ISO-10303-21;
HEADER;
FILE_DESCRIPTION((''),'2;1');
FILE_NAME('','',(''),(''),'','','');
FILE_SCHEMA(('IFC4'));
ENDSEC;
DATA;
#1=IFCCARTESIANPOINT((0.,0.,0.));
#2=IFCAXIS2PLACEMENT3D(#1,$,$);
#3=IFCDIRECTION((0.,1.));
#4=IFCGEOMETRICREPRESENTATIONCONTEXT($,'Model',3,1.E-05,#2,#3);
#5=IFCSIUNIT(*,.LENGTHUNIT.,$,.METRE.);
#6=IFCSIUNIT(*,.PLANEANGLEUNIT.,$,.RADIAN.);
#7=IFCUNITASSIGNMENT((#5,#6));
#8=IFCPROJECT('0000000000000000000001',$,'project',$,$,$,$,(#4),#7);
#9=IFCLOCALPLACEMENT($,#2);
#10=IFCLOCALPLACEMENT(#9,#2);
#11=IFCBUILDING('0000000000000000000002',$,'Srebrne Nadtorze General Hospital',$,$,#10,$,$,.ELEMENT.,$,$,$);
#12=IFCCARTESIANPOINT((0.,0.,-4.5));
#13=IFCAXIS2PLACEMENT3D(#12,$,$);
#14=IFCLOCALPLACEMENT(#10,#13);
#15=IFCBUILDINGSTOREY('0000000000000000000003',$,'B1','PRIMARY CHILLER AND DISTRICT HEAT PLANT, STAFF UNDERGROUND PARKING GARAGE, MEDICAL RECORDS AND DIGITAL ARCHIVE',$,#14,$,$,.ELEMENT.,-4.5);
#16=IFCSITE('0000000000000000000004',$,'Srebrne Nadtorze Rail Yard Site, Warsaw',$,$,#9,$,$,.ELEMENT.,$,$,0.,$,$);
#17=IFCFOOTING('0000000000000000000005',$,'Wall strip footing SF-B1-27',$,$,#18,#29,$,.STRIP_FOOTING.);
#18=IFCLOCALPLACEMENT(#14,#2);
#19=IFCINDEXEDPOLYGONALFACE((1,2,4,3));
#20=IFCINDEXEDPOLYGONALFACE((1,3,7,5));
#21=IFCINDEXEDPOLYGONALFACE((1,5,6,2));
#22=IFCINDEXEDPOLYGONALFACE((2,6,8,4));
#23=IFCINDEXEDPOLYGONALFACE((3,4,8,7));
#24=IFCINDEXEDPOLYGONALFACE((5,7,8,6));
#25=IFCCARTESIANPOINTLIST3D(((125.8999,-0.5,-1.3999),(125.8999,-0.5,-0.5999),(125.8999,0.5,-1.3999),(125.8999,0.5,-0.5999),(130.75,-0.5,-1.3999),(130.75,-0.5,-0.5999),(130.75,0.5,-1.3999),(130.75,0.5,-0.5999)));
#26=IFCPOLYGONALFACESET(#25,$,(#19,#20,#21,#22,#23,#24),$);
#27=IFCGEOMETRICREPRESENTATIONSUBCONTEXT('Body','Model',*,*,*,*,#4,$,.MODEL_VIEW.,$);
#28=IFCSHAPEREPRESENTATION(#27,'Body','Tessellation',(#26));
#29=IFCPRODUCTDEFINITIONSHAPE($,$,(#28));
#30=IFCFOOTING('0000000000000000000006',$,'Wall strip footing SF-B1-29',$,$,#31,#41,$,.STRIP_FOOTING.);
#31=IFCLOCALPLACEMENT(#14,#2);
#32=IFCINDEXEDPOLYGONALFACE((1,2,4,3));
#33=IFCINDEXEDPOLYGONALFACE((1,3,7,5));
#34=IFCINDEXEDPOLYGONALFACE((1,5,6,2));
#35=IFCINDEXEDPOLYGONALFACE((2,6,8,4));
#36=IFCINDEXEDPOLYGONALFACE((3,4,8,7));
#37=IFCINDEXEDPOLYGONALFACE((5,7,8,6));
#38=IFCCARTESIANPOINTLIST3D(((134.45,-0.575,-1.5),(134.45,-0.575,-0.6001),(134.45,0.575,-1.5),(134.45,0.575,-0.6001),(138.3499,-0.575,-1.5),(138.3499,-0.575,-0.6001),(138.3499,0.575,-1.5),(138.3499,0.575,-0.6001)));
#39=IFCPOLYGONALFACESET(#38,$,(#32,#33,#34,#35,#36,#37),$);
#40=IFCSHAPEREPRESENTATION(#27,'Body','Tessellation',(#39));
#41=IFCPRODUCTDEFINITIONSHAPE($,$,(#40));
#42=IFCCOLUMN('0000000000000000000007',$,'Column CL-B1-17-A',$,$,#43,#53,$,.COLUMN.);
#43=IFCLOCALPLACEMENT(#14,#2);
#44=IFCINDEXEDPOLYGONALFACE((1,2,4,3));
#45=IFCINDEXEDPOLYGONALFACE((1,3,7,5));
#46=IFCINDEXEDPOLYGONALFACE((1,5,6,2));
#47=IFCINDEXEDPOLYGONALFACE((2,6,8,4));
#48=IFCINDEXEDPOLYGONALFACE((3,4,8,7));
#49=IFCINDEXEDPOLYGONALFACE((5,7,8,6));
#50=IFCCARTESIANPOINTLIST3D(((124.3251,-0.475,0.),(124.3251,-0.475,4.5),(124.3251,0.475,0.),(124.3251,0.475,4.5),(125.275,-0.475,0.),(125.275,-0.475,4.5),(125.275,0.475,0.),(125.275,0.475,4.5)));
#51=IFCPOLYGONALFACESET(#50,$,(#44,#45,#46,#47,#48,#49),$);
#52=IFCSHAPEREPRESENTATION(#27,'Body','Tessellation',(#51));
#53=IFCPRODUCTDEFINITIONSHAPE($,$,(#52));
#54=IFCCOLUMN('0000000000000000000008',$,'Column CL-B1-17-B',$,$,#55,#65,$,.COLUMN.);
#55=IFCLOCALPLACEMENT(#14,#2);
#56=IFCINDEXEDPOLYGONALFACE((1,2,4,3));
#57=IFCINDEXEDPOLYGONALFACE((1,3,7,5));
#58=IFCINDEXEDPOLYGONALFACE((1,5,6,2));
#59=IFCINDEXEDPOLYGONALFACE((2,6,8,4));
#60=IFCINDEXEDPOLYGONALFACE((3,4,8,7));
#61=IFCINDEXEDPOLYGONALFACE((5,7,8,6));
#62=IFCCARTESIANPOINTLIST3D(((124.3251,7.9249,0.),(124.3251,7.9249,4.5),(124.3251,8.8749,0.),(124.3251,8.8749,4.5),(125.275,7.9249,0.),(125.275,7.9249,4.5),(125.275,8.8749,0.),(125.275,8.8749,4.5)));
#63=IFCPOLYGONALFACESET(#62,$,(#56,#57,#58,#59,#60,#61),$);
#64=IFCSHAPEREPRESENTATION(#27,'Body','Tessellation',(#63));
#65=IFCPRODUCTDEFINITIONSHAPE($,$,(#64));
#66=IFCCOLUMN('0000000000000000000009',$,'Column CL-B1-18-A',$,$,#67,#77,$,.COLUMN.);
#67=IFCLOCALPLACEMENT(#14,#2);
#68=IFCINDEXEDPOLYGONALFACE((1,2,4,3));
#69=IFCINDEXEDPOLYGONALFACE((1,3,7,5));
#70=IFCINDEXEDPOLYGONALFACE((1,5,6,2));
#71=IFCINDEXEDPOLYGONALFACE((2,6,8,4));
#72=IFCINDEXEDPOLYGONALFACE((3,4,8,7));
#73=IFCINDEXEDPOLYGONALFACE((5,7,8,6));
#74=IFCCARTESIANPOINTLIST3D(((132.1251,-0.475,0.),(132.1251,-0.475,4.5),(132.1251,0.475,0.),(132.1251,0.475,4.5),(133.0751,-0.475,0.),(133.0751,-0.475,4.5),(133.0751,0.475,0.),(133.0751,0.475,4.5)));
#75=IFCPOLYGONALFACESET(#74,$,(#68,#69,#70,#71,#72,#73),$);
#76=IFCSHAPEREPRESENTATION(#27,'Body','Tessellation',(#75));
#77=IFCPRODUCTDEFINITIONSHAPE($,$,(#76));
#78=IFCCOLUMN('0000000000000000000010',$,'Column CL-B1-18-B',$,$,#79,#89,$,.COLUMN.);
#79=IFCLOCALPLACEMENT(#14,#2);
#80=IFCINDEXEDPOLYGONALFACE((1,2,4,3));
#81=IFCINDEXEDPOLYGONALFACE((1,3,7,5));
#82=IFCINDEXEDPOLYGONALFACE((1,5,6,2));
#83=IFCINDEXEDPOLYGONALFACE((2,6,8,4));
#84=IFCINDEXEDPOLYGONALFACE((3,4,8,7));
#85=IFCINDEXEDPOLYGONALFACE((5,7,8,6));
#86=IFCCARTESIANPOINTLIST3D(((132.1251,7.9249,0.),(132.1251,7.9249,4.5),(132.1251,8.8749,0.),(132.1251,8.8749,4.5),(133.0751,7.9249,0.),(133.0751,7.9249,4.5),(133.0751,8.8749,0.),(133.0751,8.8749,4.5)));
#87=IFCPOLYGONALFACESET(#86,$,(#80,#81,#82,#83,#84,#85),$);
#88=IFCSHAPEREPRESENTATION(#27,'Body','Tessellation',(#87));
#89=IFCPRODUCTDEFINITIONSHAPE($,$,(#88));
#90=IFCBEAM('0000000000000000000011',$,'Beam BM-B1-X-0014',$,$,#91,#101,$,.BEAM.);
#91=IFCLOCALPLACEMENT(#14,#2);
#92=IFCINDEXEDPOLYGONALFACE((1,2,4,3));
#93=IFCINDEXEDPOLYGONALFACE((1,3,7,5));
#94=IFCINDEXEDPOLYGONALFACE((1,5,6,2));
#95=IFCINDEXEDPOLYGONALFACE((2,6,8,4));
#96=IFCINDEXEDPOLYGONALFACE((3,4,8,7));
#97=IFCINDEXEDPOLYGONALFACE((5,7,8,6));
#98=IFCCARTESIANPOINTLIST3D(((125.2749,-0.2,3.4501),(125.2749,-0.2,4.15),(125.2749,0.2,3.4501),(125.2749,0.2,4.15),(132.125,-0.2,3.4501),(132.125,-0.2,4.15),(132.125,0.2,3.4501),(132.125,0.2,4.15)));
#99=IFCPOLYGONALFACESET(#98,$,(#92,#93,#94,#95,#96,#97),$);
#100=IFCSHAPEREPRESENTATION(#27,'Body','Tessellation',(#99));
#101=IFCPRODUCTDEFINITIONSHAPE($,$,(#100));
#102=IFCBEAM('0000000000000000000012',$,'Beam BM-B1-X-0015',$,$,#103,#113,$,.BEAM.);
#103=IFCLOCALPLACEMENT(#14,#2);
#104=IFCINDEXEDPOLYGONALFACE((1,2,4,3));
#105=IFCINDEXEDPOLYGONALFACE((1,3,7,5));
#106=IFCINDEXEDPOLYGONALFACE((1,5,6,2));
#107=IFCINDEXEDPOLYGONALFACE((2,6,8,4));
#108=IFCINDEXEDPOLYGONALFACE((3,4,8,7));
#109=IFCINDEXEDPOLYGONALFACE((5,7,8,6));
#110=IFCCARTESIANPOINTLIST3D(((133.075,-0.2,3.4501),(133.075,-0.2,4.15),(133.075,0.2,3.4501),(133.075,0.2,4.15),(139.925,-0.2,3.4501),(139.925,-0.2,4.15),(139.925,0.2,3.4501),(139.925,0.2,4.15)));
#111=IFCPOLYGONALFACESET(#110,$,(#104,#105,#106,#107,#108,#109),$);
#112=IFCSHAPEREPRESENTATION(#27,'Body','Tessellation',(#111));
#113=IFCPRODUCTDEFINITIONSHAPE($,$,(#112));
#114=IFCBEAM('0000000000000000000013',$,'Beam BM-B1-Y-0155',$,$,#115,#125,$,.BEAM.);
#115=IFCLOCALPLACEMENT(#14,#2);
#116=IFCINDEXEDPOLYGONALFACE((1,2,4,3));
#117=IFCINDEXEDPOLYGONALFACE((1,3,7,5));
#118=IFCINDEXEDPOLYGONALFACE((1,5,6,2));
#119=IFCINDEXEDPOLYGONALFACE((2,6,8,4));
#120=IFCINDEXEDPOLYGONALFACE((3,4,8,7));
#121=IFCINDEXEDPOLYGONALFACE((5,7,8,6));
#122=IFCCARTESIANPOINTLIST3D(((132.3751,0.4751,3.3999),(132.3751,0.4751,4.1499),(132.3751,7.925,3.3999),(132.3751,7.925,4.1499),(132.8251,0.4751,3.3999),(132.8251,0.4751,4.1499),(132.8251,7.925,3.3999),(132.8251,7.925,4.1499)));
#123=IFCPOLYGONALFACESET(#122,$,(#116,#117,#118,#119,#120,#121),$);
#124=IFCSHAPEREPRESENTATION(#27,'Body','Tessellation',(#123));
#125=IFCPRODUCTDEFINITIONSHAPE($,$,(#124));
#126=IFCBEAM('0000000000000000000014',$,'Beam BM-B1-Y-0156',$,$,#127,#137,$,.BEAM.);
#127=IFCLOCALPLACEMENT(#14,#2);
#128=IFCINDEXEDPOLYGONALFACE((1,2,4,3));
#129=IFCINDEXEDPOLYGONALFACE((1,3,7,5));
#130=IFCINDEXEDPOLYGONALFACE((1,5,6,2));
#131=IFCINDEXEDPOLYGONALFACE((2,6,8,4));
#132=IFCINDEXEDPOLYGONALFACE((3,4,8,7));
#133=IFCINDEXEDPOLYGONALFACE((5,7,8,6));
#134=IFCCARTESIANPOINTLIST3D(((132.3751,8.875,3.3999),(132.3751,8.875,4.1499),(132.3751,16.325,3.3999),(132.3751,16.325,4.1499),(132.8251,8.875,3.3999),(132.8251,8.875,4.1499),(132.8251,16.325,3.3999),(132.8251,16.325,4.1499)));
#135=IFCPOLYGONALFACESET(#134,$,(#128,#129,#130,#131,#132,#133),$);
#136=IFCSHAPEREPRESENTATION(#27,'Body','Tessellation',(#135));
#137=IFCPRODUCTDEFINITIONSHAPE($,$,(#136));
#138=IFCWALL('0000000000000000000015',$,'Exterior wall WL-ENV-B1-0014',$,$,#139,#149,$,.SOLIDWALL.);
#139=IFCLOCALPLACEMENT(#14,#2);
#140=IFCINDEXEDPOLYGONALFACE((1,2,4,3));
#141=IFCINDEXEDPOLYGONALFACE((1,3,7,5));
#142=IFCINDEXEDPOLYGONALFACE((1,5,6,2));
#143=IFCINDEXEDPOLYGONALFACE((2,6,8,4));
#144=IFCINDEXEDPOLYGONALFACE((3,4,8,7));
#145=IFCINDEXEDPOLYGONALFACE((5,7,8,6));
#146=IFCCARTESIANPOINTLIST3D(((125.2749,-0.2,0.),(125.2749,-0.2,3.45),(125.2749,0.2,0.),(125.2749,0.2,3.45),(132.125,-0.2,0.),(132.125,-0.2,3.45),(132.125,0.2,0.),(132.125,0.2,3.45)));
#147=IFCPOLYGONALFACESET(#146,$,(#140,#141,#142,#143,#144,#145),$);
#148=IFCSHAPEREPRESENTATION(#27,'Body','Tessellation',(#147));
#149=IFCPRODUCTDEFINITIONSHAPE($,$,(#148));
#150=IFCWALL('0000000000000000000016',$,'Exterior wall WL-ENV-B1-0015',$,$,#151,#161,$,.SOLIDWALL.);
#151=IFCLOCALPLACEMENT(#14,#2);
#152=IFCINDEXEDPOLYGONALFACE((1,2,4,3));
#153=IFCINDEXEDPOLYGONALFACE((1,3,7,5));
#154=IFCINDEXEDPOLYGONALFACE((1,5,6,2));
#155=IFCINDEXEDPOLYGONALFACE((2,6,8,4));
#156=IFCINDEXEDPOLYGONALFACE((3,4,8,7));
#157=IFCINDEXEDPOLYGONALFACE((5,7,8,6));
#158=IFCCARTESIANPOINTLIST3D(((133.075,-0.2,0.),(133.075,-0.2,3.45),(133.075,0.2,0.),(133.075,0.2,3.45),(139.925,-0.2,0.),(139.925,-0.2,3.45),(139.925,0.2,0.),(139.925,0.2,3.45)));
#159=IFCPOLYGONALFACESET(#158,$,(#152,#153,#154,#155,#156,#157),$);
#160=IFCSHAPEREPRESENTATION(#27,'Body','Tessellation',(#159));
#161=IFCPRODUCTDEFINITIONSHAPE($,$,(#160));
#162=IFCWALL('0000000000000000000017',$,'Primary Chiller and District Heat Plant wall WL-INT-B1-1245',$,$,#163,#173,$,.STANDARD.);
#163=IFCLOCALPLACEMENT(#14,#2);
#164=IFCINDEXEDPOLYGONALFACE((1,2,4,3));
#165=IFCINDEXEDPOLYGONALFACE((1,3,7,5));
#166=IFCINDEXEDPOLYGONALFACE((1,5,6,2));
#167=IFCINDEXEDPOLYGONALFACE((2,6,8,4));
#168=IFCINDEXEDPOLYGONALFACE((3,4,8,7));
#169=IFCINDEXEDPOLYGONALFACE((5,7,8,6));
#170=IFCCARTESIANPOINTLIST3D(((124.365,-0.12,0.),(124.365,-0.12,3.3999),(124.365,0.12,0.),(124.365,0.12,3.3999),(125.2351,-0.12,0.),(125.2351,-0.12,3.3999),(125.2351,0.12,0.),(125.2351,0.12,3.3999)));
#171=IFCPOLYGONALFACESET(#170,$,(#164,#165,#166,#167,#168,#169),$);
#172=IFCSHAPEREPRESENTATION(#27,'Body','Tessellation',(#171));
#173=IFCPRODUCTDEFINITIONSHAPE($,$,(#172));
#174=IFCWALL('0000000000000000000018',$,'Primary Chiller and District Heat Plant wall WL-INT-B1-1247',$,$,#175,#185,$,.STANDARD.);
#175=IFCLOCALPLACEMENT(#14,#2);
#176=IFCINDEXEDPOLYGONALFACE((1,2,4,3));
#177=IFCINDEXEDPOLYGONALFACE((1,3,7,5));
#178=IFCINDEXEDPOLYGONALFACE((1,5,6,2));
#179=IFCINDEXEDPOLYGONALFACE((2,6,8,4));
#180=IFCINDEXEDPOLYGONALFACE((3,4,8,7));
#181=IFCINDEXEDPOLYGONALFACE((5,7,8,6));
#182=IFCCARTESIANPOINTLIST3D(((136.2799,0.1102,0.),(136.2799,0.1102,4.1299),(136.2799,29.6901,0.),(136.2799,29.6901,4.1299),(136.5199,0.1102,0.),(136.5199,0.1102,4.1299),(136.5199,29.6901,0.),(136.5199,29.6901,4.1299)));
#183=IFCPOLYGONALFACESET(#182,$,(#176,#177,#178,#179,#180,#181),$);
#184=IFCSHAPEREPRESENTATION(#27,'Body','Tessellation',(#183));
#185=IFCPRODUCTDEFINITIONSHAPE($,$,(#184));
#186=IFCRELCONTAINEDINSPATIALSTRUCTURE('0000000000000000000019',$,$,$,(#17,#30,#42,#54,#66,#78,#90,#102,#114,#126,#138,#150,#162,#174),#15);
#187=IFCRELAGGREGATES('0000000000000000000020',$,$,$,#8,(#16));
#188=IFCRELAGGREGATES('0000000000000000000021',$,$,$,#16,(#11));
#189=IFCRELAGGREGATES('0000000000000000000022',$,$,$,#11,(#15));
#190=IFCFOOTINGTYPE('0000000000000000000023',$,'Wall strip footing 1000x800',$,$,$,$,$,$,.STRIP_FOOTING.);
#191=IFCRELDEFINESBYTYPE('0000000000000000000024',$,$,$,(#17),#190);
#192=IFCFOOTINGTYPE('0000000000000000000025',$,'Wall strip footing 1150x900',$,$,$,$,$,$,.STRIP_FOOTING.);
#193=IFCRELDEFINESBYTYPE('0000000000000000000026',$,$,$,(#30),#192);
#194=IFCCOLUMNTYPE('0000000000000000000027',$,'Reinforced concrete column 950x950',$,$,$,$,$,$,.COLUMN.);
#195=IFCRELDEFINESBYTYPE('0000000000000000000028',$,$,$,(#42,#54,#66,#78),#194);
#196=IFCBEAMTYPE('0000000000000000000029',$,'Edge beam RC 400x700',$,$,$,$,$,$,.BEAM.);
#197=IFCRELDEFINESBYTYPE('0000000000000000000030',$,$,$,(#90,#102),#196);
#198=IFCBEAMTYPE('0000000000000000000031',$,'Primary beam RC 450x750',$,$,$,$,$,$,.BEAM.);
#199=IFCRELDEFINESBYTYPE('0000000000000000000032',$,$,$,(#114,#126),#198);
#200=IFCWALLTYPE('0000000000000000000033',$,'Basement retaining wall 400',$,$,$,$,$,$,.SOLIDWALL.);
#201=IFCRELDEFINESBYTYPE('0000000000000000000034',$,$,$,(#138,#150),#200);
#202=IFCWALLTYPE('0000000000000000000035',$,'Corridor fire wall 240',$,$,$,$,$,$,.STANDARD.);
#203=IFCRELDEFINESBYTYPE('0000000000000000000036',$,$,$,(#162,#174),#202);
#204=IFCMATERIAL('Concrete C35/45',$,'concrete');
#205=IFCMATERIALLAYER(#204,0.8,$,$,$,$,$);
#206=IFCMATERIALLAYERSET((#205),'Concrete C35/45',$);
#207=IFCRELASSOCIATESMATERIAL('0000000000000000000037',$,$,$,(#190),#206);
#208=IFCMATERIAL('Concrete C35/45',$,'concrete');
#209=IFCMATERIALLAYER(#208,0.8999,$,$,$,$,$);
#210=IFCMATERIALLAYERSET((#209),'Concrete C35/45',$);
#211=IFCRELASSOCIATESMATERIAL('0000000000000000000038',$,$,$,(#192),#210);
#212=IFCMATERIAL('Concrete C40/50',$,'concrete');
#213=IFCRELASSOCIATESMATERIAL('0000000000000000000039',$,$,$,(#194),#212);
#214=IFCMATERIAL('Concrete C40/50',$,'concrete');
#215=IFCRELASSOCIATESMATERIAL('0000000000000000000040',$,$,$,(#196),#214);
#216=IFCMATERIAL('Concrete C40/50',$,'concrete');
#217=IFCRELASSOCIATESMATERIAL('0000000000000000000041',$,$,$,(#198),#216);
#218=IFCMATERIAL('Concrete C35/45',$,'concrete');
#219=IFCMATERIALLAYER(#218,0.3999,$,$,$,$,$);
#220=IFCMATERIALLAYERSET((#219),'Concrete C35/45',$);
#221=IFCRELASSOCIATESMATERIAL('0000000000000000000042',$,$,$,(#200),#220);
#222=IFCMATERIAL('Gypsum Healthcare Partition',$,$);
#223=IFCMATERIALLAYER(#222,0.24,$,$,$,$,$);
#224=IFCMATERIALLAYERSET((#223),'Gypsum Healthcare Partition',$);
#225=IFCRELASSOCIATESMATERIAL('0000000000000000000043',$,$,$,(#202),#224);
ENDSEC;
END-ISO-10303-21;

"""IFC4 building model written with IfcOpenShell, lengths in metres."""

from ifc_helpers import new_model, si_unit, direction, frame, frame_2d, origin, origin_2d, place, context, subcontext, project, spatial, rectangle, extrude, material, layer, layer_set, material_profile, profile_set, type_object, element, save


model = new_model("IFC4")

# Units and contexts
model_context = context("Model", 3, precision=1e-05, world=origin(), true_north=direction((0.0, 1.0)))
body_context = subcontext(model_context, "Body", "Model", "MODEL_VIEW")
ifc_project = project(units=[si_unit("LENGTHUNIT", "METRE"), si_unit("PLANEANGLEUNIT", "RADIAN")], contexts=[model_context])

# Site, building, storey
site_placement = place(None, origin())
site = spatial("IfcSite", under=ifc_project, at=site_placement, Name="Srebrne Nadtorze Rail Yard Site, Warsaw", CompositionType="ELEMENT", RefElevation=0.0)
building_placement = place(site_placement, origin())
building = spatial("IfcBuilding", under=site, at=building_placement, Name="Srebrne Nadtorze General Hospital", CompositionType="ELEMENT")
storey_placement = place(building_placement, frame((0.0, 0.0, -4.5)))
storey = spatial("IfcBuildingStorey", under=building, at=storey_placement, Name="B1", Description="PRIMARY CHILLER AND DISTRICT HEAT PLANT, STAFF UNDERGROUND PARKING GARAGE, MEDICAL RECORDS AND DIGITAL ARCHIVE", CompositionType="ELEMENT", Elevation=-4.5)

# Footings
ifc_material_1 = material(Name="Concrete C35/45", Category="concrete")
ifc_layer_1 = layer(ifc_material_1, 0.8)
ifc_layer_set_1 = layer_set([ifc_layer_1], Name="Concrete C35/45")
footing_type_1 = type_object("IfcFootingType", Name="Wall strip footing 1000x800", PredefinedType="STRIP_FOOTING", material=ifc_layer_set_1)
footing_1_placement = place(storey_placement, frame((128.325, 0.0, -1.3999), z_axis=(0.0, 0.0, 1.0), x_axis=(1.0, 0.0, 0.0)))
element("IfcFooting", 1, at=footing_1_placement, inside=storey, type_object=footing_type_1, Name="Wall strip footing SF-B1-27", PredefinedType="STRIP_FOOTING", context=body_context, shape_type="SweptSolid", body=[
    extrude(rectangle(XDim=4.8501, YDim=1.0, at=origin_2d()), origin(), (0.0, 0.0, 1.0), 0.8),
])
ifc_material_2 = material(Name="Concrete C35/45", Category="concrete")
ifc_layer_2 = layer(ifc_material_2, 0.8999)
ifc_layer_set_2 = layer_set([ifc_layer_2], Name="Concrete C35/45")
footing_type_2 = type_object("IfcFootingType", Name="Wall strip footing 1150x900", PredefinedType="STRIP_FOOTING", material=ifc_layer_set_2)
footing_2_placement = place(storey_placement, frame((136.3999, 0.0, -1.5), z_axis=(0.0, 0.0, 1.0), x_axis=(1.0, 0.0, 0.0)))
element("IfcFooting", 2, at=footing_2_placement, inside=storey, type_object=footing_type_2, Name="Wall strip footing SF-B1-29", PredefinedType="STRIP_FOOTING", context=body_context, shape_type="SweptSolid", body=[
    extrude(rectangle(XDim=3.8999, YDim=1.1499, at=origin_2d()), origin(), (0.0, 0.0, 1.0), 0.8999),
])

# Columns
ifc_material_3 = material(Name="Concrete C40/50", Category="concrete")
ifc_material_profile_1 = material_profile(ifc_material_3, rectangle(XDim=0.95, YDim=0.95, at=origin_2d()), Name="RC-COL-950x950")
ifc_profile_set_1 = profile_set([ifc_material_profile_1], Name="Concrete C40/50")
column_type = type_object("IfcColumnType", Name="Reinforced concrete column 950x950", PredefinedType="COLUMN", material=ifc_profile_set_1)
for number, where, z_axis, x_axis, name in (
    (3, (124.8, 0.0, 0.0), (0.0, 0.0, 1.0), (1.0, 0.0, 0.0), "Column CL-B1-17-A"),
    (4, (124.8, 8.3999, 0.0), (0.0, 0.0, 1.0), (1.0, 0.0, 0.0), "Column CL-B1-17-B"),
    (5, (132.6001, 0.0, 0.0), (0.0, 0.0, 1.0), (1.0, 0.0, 0.0), "Column CL-B1-18-A"),
    (6, (132.6001, 8.3999, 0.0), (0.0, 0.0, 1.0), (1.0, 0.0, 0.0), "Column CL-B1-18-B"),
):
    element("IfcColumn", number, at=place(storey_placement, frame(where, z_axis=z_axis, x_axis=x_axis)), inside=storey, type_object=column_type, Name=name, PredefinedType="COLUMN", context=body_context, shape_type="SweptSolid", body=[
        extrude(rectangle(XDim=0.95, YDim=0.95, at=origin_2d()), origin(), (0.0, 0.0, 1.0), 4.5),
    ])

# Beams
ifc_material_4 = material(Name="Concrete C40/50", Category="concrete")
ifc_material_profile_2 = material_profile(ifc_material_4, rectangle(XDim=0.3999, YDim=0.7, at=origin_2d()), Name="RC-BM-400x700")
ifc_profile_set_2 = profile_set([ifc_material_profile_2], Name="Concrete C40/50")
beam_type_1 = type_object("IfcBeamType", Name="Edge beam RC 400x700", PredefinedType="BEAM", material=ifc_profile_set_2)
for number, where, z_axis, x_axis, name in (
    (7, (125.2749, 0.0, 3.8), (1.0, 0.0, 0.0), (0.0, 1.0, 0.0), "Beam BM-B1-X-0014"),
    (8, (133.075, 0.0, 3.8), (1.0, 0.0, 0.0), (0.0, 1.0, 0.0), "Beam BM-B1-X-0015"),
):
    element("IfcBeam", number, at=place(storey_placement, frame(where, z_axis=z_axis, x_axis=x_axis)), inside=storey, type_object=beam_type_1, Name=name, PredefinedType="BEAM", context=body_context, shape_type="SweptSolid", body=[
        extrude(rectangle(XDim=0.3999, YDim=0.7, at=origin_2d()), origin(), (0.0, 0.0, 1.0), 6.8501),
    ])
ifc_material_5 = material(Name="Concrete C40/50", Category="concrete")
ifc_material_profile_3 = material_profile(ifc_material_5, rectangle(XDim=0.45, YDim=0.75, at=origin_2d()), Name="RC-BM-450x750")
ifc_profile_set_3 = profile_set([ifc_material_profile_3], Name="Concrete C40/50")
beam_type_2 = type_object("IfcBeamType", Name="Primary beam RC 450x750", PredefinedType="BEAM", material=ifc_profile_set_3)
for number, where, z_axis, x_axis, name in (
    (9, (132.6001, 0.4751, 3.7749), (0.0, 1.0, 0.0), (-1.0, 0.0, 0.0), "Beam BM-B1-Y-0155"),
    (10, (132.6001, 8.875, 3.7749), (0.0, 1.0, 0.0), (-1.0, 0.0, 0.0), "Beam BM-B1-Y-0156"),
):
    element("IfcBeam", number, at=place(storey_placement, frame(where, z_axis=z_axis, x_axis=x_axis)), inside=storey, type_object=beam_type_2, Name=name, PredefinedType="BEAM", context=body_context, shape_type="SweptSolid", body=[
        extrude(rectangle(XDim=0.45, YDim=0.75, at=origin_2d()), origin(), (0.0, 0.0, 1.0), 7.45),
    ])

# Walls
ifc_material_6 = material(Name="Concrete C35/45", Category="concrete")
ifc_layer_3 = layer(ifc_material_6, 0.3999)
ifc_layer_set_3 = layer_set([ifc_layer_3], Name="Concrete C35/45")
wall_type_1 = type_object("IfcWallType", Name="Basement retaining wall 400", PredefinedType="SOLIDWALL", material=ifc_layer_set_3)
for number, where, z_axis, x_axis, name in (
    (11, (125.2749, 0.0, 0.0), (0.0, 0.0, 1.0), (1.0, 0.0, 0.0), "Exterior wall WL-ENV-B1-0014"),
    (12, (133.075, 0.0, 0.0), (0.0, 0.0, 1.0), (1.0, 0.0, 0.0), "Exterior wall WL-ENV-B1-0015"),
):
    element("IfcWall", number, at=place(storey_placement, frame(where, z_axis=z_axis, x_axis=x_axis)), inside=storey, type_object=wall_type_1, Name=name, PredefinedType="SOLIDWALL", context=body_context, shape_type="SweptSolid", body=[
        extrude(rectangle(XDim=6.8501, YDim=0.3999, at=frame_2d((3.425, 0.0))), origin(), (0.0, 0.0, 1.0), 3.45),
    ])
ifc_material_7 = material(Name="Gypsum Healthcare Partition")
ifc_layer_4 = layer(ifc_material_7, 0.24)
ifc_layer_set_4 = layer_set([ifc_layer_4], Name="Gypsum Healthcare Partition")
wall_type_2 = type_object("IfcWallType", Name="Corridor fire wall 240", PredefinedType="STANDARD", material=ifc_layer_set_4)
wall_1_placement = place(storey_placement, frame((124.365, 0.0, 0.0), z_axis=(0.0, 0.0, 1.0), x_axis=(1.0, 0.0, 0.0)))
element("IfcWall", 13, at=wall_1_placement, inside=storey, type_object=wall_type_2, Name="Primary Chiller and District Heat Plant wall WL-INT-B1-1245", PredefinedType="STANDARD", context=body_context, shape_type="SweptSolid", body=[
    extrude(rectangle(XDim=0.8701, YDim=0.24, at=frame_2d((0.4351, 0.0))), origin(), (0.0, 0.0, 1.0), 3.3999),
])
wall_2_placement = place(storey_placement, frame((136.3999, 0.1101, 0.0), z_axis=(0.0, 0.0, 1.0), x_axis=(0.0, 1.0, 0.0)))
element("IfcWall", 14, at=wall_2_placement, inside=storey, type_object=wall_type_2, Name="Primary Chiller and District Heat Plant wall WL-INT-B1-1247", PredefinedType="STANDARD", context=body_context, shape_type="SweptSolid", body=[
    extrude(rectangle(XDim=29.5798, YDim=0.24, at=frame_2d((14.79, 0.0))), origin(), (0.0, 0.0, 1.0), 4.1299),
])

save(model, "model.ifc")
